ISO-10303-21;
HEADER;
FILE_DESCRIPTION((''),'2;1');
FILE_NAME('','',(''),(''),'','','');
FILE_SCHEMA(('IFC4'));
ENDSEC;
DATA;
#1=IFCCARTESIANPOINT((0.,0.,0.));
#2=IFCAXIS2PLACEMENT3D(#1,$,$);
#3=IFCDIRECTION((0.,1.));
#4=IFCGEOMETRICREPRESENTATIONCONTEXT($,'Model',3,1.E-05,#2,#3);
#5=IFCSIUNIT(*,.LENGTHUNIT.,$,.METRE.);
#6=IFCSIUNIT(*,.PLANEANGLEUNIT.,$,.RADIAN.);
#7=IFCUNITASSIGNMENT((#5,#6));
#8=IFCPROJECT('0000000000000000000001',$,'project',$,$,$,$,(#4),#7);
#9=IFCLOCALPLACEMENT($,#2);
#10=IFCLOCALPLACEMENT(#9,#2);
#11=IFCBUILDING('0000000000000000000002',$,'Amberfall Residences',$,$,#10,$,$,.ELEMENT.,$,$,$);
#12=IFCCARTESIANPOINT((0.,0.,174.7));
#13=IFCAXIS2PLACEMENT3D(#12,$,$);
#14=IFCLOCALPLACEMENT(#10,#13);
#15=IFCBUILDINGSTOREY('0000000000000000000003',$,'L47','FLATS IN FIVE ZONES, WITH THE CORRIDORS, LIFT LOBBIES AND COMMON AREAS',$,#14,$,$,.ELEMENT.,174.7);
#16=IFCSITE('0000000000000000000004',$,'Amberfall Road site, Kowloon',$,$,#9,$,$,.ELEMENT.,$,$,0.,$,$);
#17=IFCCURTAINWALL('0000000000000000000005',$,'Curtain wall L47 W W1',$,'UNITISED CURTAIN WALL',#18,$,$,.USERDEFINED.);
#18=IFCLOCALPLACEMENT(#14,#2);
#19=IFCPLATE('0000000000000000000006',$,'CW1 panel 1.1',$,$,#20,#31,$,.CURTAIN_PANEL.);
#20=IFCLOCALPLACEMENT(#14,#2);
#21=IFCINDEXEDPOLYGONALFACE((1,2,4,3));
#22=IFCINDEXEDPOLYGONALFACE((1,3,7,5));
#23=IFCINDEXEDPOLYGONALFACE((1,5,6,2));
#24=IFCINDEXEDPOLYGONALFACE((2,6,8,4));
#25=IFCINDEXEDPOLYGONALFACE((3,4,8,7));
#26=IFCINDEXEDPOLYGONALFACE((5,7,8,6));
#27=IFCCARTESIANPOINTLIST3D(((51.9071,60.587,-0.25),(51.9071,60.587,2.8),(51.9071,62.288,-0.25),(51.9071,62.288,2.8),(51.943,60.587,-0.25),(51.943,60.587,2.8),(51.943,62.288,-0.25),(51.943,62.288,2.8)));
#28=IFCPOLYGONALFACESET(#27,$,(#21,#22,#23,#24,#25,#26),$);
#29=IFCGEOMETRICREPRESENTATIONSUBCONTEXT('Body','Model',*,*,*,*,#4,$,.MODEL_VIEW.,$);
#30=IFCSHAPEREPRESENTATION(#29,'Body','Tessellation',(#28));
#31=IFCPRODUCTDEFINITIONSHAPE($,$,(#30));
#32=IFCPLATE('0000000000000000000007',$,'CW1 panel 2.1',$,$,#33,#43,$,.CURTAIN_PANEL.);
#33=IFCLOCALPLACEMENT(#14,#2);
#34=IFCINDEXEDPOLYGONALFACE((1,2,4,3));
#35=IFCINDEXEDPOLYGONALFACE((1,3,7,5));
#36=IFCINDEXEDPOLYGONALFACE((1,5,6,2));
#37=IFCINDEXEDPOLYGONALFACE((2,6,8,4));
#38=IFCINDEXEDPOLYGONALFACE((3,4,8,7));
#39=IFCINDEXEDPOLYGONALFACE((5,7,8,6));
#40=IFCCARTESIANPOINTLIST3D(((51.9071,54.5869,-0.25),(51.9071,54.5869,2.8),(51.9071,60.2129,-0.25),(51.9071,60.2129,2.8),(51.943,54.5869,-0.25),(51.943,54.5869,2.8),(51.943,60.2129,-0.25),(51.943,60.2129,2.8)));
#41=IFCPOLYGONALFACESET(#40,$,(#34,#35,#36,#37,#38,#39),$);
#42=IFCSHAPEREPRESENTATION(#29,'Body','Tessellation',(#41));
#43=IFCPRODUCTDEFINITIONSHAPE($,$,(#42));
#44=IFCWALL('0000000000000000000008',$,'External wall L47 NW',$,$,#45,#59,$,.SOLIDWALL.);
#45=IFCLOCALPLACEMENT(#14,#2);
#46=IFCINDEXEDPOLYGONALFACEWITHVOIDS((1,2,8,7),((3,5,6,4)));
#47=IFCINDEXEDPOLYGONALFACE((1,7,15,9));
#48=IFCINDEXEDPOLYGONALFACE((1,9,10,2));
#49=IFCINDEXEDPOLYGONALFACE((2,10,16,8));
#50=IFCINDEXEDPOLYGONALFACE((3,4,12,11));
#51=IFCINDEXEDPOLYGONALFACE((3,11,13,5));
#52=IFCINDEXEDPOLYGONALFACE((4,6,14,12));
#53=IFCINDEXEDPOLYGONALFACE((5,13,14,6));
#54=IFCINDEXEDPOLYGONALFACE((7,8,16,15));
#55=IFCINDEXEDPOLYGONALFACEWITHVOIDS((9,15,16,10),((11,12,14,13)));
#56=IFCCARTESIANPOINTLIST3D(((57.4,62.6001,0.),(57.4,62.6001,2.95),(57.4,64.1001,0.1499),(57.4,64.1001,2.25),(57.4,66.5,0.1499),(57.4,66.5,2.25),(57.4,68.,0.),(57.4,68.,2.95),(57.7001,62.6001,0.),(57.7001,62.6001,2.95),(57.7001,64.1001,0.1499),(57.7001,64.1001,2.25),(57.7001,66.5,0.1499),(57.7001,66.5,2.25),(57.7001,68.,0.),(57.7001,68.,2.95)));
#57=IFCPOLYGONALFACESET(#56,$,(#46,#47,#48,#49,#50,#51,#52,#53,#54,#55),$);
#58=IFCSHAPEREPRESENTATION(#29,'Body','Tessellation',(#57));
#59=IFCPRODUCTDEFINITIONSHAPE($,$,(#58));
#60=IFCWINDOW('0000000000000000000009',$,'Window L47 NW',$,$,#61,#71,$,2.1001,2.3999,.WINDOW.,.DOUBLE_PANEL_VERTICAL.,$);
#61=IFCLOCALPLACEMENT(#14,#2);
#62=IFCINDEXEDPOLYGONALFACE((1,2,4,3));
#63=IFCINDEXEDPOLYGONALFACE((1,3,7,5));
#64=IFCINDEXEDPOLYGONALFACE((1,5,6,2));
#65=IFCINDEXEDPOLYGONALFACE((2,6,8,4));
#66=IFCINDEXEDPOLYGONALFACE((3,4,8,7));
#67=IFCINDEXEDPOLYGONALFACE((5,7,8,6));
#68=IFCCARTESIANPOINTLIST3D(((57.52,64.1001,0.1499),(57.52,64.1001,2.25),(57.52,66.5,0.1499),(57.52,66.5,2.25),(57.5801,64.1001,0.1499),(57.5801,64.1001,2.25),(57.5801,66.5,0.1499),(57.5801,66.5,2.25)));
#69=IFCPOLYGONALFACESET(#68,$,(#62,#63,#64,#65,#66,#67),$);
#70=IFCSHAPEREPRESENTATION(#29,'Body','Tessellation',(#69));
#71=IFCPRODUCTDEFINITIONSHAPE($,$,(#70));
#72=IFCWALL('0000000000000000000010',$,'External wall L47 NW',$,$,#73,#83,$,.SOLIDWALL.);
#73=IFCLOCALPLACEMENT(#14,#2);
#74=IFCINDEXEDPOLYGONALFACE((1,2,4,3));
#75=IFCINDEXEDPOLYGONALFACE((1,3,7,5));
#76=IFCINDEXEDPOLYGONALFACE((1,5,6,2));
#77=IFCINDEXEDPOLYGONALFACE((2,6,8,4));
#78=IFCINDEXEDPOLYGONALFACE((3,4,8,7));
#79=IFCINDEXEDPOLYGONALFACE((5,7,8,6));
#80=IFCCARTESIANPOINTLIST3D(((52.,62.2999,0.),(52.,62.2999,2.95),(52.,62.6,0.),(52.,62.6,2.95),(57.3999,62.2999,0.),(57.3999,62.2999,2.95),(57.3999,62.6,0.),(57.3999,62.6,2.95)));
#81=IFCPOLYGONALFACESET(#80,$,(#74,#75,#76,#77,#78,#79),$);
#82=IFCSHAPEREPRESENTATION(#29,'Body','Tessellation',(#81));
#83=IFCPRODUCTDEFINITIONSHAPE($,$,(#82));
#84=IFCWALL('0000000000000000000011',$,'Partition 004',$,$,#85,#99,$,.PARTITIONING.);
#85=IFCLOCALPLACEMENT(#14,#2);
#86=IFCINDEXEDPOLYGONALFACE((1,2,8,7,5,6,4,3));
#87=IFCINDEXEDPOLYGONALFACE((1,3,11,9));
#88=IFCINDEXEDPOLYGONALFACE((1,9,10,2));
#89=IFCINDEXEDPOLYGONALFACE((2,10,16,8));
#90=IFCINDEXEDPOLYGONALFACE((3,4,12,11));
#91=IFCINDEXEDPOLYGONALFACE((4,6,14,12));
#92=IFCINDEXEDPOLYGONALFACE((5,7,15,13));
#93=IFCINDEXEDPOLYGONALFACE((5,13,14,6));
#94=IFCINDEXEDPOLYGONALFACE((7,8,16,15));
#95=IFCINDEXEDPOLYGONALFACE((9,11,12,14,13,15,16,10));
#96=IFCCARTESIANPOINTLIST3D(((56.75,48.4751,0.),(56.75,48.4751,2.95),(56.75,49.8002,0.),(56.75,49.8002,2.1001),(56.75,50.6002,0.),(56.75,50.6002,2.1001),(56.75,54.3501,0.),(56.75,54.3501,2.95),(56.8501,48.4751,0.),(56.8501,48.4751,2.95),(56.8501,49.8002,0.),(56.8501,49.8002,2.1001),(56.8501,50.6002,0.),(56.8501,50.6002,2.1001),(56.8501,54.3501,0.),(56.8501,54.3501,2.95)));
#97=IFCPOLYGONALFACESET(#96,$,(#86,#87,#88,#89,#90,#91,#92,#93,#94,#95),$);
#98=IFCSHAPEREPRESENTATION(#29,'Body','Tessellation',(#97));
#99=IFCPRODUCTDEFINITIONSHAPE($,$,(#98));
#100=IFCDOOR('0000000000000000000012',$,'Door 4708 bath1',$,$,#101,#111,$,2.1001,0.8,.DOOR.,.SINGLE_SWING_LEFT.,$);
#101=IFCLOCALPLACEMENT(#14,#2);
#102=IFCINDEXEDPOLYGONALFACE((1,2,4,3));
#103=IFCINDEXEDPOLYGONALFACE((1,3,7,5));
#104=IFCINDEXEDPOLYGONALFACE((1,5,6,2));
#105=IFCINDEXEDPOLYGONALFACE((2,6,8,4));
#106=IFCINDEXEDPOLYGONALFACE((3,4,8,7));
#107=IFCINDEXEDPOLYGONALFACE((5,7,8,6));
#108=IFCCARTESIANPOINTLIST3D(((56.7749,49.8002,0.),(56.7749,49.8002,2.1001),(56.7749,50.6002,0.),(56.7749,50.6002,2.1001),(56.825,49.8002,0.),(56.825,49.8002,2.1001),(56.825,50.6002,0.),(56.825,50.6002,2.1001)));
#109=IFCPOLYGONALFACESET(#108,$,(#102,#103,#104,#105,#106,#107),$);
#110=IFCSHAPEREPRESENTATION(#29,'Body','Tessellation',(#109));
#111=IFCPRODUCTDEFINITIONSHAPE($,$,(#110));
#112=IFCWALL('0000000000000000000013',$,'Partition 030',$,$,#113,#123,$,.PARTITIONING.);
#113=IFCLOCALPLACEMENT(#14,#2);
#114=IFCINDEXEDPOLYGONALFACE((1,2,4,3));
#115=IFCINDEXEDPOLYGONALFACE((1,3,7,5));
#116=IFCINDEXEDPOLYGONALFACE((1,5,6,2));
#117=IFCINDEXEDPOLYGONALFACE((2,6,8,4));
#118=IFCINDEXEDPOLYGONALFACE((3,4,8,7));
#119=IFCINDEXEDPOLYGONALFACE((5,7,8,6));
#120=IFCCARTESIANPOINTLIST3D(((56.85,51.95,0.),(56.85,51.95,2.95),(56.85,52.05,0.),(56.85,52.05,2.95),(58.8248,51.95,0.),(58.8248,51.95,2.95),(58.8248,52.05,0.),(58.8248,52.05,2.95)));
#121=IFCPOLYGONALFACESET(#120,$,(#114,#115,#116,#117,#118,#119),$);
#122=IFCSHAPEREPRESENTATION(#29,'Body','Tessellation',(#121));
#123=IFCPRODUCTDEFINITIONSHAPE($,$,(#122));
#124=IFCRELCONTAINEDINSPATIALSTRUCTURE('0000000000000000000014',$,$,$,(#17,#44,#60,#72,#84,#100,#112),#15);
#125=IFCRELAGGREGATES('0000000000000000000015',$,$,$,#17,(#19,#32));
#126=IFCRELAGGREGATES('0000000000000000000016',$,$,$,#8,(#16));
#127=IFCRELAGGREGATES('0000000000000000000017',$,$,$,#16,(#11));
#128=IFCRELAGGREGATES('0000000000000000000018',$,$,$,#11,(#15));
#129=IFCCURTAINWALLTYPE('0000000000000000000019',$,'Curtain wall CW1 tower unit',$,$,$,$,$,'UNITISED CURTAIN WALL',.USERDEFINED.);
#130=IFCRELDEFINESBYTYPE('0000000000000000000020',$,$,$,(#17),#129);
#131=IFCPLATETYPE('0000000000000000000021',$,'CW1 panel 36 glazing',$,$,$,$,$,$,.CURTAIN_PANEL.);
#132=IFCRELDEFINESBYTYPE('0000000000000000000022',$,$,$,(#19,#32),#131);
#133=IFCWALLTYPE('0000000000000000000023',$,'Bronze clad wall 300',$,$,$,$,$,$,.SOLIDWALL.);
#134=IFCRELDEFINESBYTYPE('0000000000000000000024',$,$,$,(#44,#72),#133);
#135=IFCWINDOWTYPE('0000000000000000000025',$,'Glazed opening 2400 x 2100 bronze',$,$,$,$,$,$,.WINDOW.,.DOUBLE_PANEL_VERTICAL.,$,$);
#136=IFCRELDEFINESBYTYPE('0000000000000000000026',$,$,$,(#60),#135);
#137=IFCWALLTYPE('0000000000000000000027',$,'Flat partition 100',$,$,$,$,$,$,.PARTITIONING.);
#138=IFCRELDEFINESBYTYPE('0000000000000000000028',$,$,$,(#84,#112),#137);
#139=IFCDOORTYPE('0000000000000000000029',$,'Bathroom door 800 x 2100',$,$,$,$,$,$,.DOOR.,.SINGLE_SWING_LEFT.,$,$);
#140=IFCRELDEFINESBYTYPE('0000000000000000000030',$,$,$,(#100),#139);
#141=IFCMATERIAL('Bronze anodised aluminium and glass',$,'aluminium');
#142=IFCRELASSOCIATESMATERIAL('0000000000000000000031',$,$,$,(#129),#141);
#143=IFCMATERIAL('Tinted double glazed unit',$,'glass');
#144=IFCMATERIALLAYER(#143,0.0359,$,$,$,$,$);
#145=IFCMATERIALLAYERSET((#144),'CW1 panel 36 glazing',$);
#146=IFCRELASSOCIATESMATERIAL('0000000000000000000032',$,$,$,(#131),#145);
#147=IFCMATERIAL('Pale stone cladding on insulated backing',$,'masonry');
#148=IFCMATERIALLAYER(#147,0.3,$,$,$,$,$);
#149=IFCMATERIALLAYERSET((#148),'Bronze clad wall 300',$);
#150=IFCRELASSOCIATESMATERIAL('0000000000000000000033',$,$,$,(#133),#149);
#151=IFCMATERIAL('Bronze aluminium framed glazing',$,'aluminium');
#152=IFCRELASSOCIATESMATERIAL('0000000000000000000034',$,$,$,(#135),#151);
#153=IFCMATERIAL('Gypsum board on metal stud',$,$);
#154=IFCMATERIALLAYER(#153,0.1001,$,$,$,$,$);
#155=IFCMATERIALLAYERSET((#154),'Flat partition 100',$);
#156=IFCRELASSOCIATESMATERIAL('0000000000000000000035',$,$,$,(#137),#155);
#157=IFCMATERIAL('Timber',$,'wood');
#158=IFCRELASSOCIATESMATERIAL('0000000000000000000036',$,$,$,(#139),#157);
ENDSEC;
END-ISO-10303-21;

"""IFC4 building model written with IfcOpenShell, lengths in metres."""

from ifc_helpers import new_model, si_unit, direction, frame, frame_2d, origin, origin_2d, place, context, subcontext, project, spatial, rectangle, extrude, material, layer, layer_set, type_object, element, fill, aggregate, save


model = new_model("IFC4")

# Units and contexts
model_context = context("Model", 3, precision=1e-05, world=origin(), true_north=direction((0.0, 1.0)))
body_context = subcontext(model_context, "Body", "Model", "MODEL_VIEW")
ifc_project = project(units=[si_unit("LENGTHUNIT", "METRE"), si_unit("PLANEANGLEUNIT", "RADIAN")], contexts=[model_context])

# Site, building, storey
site_placement = place(None, origin())
site = spatial("IfcSite", under=ifc_project, at=site_placement, Name="Amberfall Road site, Kowloon", CompositionType="ELEMENT", RefElevation=0.0)
building_placement = place(site_placement, origin())
building = spatial("IfcBuilding", under=site, at=building_placement, Name="Amberfall Residences", CompositionType="ELEMENT")
storey_placement = place(building_placement, frame((0.0, 0.0, 174.7)))
storey = spatial("IfcBuildingStorey", under=building, at=storey_placement, Name="L47", Description="FLATS IN FIVE ZONES, WITH THE CORRIDORS, LIFT LOBBIES AND COMMON AREAS", CompositionType="ELEMENT", Elevation=174.7)

# Curtain wall
ifc_material_1 = material(Name="Bronze anodised aluminium and glass", Category="aluminium")
curtain_wall_type = type_object("IfcCurtainWallType", Name="Curtain wall CW1 tower unit", ElementType="UNITISED CURTAIN WALL", PredefinedType="USERDEFINED", material=ifc_material_1)
curtain_wall_1_placement = place(storey_placement, origin())
curtain_wall_1 = element("IfcCurtainWall", 1, at=curtain_wall_1_placement, inside=storey, type_object=curtain_wall_type, Name="Curtain wall L47 W W1", ObjectType="UNITISED CURTAIN WALL", PredefinedType="USERDEFINED")

# Plates
ifc_material_2 = material(Name="Tinted double glazed unit", Category="glass")
ifc_layer_1 = layer(ifc_material_2, 0.0359)
ifc_layer_set_1 = layer_set([ifc_layer_1], Name="CW1 panel 36 glazing")
plate_type = type_object("IfcPlateType", Name="CW1 panel 36 glazing", PredefinedType="CURTAIN_PANEL", material=ifc_layer_set_1)
plate_1_placement = place(storey_placement, frame((51.925, 61.4375, -0.25), z_axis=(0.0, 0.0, 1.0), x_axis=(0.0, -1.0, 0.0)))
plate_1 = element("IfcPlate", 2, at=plate_1_placement, type_object=plate_type, Name="CW1 panel 1.1", PredefinedType="CURTAIN_PANEL", context=body_context, shape_type="SweptSolid", body=[
    extrude(rectangle(XDim=1.7009, YDim=0.0359, at=origin_2d()), origin(), (0.0, 0.0, 1.0), 3.05),
])
plate_2_placement = place(storey_placement, frame((51.925, 57.3999, -0.25), z_axis=(0.0, 0.0, 1.0), x_axis=(0.0, -1.0, 0.0)))
plate_2 = element("IfcPlate", 3, at=plate_2_placement, type_object=plate_type, Name="CW1 panel 2.1", PredefinedType="CURTAIN_PANEL", context=body_context, shape_type="SweptSolid", body=[
    extrude(rectangle(XDim=5.626, YDim=0.0359, at=origin_2d()), origin(), (0.0, 0.0, 1.0), 3.05),
])
aggregate(curtain_wall_1, [plate_1, plate_2])

# Wall, opening, window
ifc_material_3 = material(Name="Pale stone cladding on insulated backing", Category="masonry")
ifc_layer_2 = layer(ifc_material_3, 0.3)
ifc_layer_set_2 = layer_set([ifc_layer_2], Name="Bronze clad wall 300")
wall_type_1 = type_object("IfcWallType", Name="Bronze clad wall 300", PredefinedType="SOLIDWALL", material=ifc_layer_set_2)
wall_1_placement = place(storey_placement, frame((57.55, 68.0, 0.0), z_axis=(0.0, 0.0, 1.0), x_axis=(0.0, -1.0, 0.0)))
wall_1 = element("IfcWall", 4, at=wall_1_placement, inside=storey, type_object=wall_type_1, Name="External wall L47 NW", PredefinedType="SOLIDWALL", context=body_context, shape_type="SweptSolid", body=[
    extrude(rectangle(XDim=5.3999, YDim=0.3, at=frame_2d((2.7, 0.0))), origin(), (0.0, 0.0, 1.0), 2.95),
])
opening_1_placement = place(wall_1_placement, frame((1.5, 0.0, 0.1499)))
opening_1 = element("IfcOpeningElement", 5, at=opening_1_placement, cuts=wall_1, PredefinedType="OPENING", context=body_context, shape_type="SweptSolid", body=[
    extrude(rectangle(XDim=2.3999, YDim=2.1001, at=frame_2d((1.2, 1.05))), frame((0.0, 0.1599, 0.0), z_axis=(0.0, -1.0, 0.0), x_axis=(1.0, 0.0, 0.0)), (0.0, 0.0, 1.0), 0.3201),
])
ifc_material_4 = material(Name="Bronze aluminium framed glazing", Category="aluminium")
window_type = type_object("IfcWindowType", Name="Glazed opening 2400 x 2100 bronze", PartitioningType="DOUBLE_PANEL_VERTICAL", PredefinedType="WINDOW", material=ifc_material_4)
window_placement = place(opening_1_placement, origin())
window = element("IfcWindow", 6, at=window_placement, inside=storey, type_object=window_type, Name="Window L47 NW", OverallHeight=2.1001, OverallWidth=2.3999, PartitioningType="DOUBLE_PANEL_VERTICAL", PredefinedType="WINDOW", context=body_context, shape_type="SweptSolid", body=[
    extrude(rectangle(XDim=2.3999, YDim=2.1001, at=frame_2d((1.2, 1.05))), frame((0.0, 0.03, 0.0), z_axis=(0.0, -1.0, 0.0), x_axis=(1.0, 0.0, 0.0)), (0.0, 0.0, 1.0), 0.0601),
])
fill(opening_1, window)

# Wall
wall_2_placement = place(storey_placement, frame((57.3999, 62.45, 0.0), z_axis=(0.0, 0.0, 1.0), x_axis=(-1.0, 0.0, 0.0)))
element("IfcWall", 7, at=wall_2_placement, inside=storey, type_object=wall_type_1, Name="External wall L47 NW", PredefinedType="SOLIDWALL", context=body_context, shape_type="SweptSolid", body=[
    extrude(rectangle(XDim=5.3999, YDim=0.3, at=frame_2d((2.7, 0.0))), origin(), (0.0, 0.0, 1.0), 2.95),
])

# Wall, opening, door
ifc_material_5 = material(Name="Gypsum board on metal stud")
ifc_layer_3 = layer(ifc_material_5, 0.1001)
ifc_layer_set_3 = layer_set([ifc_layer_3], Name="Flat partition 100")
wall_type_2 = type_object("IfcWallType", Name="Flat partition 100", PredefinedType="PARTITIONING", material=ifc_layer_set_3)
wall_3_placement = place(storey_placement, frame((56.8, 54.3501, 0.0), z_axis=(0.0, 0.0, 1.0), x_axis=(0.0, -1.0, 0.0)))
wall_3 = element("IfcWall", 8, at=wall_3_placement, inside=storey, type_object=wall_type_2, Name="Partition 004", PredefinedType="PARTITIONING", context=body_context, shape_type="SweptSolid", body=[
    extrude(rectangle(XDim=5.875, YDim=0.1001, at=frame_2d((2.9375, 0.0))), origin(), (0.0, 0.0, 1.0), 2.95),
])
opening_2_placement = place(wall_3_placement, frame((3.75, 0.0, 0.0)))
opening_2 = element("IfcOpeningElement", 9, at=opening_2_placement, cuts=wall_3, PredefinedType="OPENING", context=body_context, shape_type="SweptSolid", body=[
    extrude(rectangle(XDim=0.8, YDim=2.1001, at=frame_2d((0.3999, 1.05))), frame((0.0, 0.0601, 0.0), z_axis=(0.0, -1.0, 0.0), x_axis=(1.0, 0.0, 0.0)), (0.0, 0.0, 1.0), 0.1201),
])
ifc_material_6 = material(Name="Timber", Category="wood")
door_type = type_object("IfcDoorType", Name="Bathroom door 800 x 2100", OperationType="SINGLE_SWING_LEFT", PredefinedType="DOOR", material=ifc_material_6)
door_placement = place(opening_2_placement, origin())
door = element("IfcDoor", 10, at=door_placement, inside=storey, type_object=door_type, Name="Door 4708 bath1", OperationType="SINGLE_SWING_LEFT", OverallHeight=2.1001, OverallWidth=0.8, PredefinedType="DOOR", context=body_context, shape_type="SweptSolid", body=[
    extrude(rectangle(XDim=0.8, YDim=2.1001, at=frame_2d((0.3999, 1.05))), frame((0.0, 0.0249, 0.0), z_axis=(0.0, -1.0, 0.0), x_axis=(1.0, 0.0, 0.0)), (0.0, 0.0, 1.0), 0.05),
])
fill(opening_2, door)

# Wall
wall_4_placement = place(storey_placement, frame((56.8501, 52.0, 0.0), z_axis=(0.0, 0.0, 1.0), x_axis=(1.0, 0.0, 0.0)))
element("IfcWall", 11, at=wall_4_placement, inside=storey, type_object=wall_type_2, Name="Partition 030", PredefinedType="PARTITIONING", context=body_context, shape_type="SweptSolid", body=[
    extrude(rectangle(XDim=1.9749, YDim=0.1001, at=frame_2d((0.9873, 0.0))), origin(), (0.0, 0.0, 1.0), 2.95),
])

save(model, "model.ifc")
